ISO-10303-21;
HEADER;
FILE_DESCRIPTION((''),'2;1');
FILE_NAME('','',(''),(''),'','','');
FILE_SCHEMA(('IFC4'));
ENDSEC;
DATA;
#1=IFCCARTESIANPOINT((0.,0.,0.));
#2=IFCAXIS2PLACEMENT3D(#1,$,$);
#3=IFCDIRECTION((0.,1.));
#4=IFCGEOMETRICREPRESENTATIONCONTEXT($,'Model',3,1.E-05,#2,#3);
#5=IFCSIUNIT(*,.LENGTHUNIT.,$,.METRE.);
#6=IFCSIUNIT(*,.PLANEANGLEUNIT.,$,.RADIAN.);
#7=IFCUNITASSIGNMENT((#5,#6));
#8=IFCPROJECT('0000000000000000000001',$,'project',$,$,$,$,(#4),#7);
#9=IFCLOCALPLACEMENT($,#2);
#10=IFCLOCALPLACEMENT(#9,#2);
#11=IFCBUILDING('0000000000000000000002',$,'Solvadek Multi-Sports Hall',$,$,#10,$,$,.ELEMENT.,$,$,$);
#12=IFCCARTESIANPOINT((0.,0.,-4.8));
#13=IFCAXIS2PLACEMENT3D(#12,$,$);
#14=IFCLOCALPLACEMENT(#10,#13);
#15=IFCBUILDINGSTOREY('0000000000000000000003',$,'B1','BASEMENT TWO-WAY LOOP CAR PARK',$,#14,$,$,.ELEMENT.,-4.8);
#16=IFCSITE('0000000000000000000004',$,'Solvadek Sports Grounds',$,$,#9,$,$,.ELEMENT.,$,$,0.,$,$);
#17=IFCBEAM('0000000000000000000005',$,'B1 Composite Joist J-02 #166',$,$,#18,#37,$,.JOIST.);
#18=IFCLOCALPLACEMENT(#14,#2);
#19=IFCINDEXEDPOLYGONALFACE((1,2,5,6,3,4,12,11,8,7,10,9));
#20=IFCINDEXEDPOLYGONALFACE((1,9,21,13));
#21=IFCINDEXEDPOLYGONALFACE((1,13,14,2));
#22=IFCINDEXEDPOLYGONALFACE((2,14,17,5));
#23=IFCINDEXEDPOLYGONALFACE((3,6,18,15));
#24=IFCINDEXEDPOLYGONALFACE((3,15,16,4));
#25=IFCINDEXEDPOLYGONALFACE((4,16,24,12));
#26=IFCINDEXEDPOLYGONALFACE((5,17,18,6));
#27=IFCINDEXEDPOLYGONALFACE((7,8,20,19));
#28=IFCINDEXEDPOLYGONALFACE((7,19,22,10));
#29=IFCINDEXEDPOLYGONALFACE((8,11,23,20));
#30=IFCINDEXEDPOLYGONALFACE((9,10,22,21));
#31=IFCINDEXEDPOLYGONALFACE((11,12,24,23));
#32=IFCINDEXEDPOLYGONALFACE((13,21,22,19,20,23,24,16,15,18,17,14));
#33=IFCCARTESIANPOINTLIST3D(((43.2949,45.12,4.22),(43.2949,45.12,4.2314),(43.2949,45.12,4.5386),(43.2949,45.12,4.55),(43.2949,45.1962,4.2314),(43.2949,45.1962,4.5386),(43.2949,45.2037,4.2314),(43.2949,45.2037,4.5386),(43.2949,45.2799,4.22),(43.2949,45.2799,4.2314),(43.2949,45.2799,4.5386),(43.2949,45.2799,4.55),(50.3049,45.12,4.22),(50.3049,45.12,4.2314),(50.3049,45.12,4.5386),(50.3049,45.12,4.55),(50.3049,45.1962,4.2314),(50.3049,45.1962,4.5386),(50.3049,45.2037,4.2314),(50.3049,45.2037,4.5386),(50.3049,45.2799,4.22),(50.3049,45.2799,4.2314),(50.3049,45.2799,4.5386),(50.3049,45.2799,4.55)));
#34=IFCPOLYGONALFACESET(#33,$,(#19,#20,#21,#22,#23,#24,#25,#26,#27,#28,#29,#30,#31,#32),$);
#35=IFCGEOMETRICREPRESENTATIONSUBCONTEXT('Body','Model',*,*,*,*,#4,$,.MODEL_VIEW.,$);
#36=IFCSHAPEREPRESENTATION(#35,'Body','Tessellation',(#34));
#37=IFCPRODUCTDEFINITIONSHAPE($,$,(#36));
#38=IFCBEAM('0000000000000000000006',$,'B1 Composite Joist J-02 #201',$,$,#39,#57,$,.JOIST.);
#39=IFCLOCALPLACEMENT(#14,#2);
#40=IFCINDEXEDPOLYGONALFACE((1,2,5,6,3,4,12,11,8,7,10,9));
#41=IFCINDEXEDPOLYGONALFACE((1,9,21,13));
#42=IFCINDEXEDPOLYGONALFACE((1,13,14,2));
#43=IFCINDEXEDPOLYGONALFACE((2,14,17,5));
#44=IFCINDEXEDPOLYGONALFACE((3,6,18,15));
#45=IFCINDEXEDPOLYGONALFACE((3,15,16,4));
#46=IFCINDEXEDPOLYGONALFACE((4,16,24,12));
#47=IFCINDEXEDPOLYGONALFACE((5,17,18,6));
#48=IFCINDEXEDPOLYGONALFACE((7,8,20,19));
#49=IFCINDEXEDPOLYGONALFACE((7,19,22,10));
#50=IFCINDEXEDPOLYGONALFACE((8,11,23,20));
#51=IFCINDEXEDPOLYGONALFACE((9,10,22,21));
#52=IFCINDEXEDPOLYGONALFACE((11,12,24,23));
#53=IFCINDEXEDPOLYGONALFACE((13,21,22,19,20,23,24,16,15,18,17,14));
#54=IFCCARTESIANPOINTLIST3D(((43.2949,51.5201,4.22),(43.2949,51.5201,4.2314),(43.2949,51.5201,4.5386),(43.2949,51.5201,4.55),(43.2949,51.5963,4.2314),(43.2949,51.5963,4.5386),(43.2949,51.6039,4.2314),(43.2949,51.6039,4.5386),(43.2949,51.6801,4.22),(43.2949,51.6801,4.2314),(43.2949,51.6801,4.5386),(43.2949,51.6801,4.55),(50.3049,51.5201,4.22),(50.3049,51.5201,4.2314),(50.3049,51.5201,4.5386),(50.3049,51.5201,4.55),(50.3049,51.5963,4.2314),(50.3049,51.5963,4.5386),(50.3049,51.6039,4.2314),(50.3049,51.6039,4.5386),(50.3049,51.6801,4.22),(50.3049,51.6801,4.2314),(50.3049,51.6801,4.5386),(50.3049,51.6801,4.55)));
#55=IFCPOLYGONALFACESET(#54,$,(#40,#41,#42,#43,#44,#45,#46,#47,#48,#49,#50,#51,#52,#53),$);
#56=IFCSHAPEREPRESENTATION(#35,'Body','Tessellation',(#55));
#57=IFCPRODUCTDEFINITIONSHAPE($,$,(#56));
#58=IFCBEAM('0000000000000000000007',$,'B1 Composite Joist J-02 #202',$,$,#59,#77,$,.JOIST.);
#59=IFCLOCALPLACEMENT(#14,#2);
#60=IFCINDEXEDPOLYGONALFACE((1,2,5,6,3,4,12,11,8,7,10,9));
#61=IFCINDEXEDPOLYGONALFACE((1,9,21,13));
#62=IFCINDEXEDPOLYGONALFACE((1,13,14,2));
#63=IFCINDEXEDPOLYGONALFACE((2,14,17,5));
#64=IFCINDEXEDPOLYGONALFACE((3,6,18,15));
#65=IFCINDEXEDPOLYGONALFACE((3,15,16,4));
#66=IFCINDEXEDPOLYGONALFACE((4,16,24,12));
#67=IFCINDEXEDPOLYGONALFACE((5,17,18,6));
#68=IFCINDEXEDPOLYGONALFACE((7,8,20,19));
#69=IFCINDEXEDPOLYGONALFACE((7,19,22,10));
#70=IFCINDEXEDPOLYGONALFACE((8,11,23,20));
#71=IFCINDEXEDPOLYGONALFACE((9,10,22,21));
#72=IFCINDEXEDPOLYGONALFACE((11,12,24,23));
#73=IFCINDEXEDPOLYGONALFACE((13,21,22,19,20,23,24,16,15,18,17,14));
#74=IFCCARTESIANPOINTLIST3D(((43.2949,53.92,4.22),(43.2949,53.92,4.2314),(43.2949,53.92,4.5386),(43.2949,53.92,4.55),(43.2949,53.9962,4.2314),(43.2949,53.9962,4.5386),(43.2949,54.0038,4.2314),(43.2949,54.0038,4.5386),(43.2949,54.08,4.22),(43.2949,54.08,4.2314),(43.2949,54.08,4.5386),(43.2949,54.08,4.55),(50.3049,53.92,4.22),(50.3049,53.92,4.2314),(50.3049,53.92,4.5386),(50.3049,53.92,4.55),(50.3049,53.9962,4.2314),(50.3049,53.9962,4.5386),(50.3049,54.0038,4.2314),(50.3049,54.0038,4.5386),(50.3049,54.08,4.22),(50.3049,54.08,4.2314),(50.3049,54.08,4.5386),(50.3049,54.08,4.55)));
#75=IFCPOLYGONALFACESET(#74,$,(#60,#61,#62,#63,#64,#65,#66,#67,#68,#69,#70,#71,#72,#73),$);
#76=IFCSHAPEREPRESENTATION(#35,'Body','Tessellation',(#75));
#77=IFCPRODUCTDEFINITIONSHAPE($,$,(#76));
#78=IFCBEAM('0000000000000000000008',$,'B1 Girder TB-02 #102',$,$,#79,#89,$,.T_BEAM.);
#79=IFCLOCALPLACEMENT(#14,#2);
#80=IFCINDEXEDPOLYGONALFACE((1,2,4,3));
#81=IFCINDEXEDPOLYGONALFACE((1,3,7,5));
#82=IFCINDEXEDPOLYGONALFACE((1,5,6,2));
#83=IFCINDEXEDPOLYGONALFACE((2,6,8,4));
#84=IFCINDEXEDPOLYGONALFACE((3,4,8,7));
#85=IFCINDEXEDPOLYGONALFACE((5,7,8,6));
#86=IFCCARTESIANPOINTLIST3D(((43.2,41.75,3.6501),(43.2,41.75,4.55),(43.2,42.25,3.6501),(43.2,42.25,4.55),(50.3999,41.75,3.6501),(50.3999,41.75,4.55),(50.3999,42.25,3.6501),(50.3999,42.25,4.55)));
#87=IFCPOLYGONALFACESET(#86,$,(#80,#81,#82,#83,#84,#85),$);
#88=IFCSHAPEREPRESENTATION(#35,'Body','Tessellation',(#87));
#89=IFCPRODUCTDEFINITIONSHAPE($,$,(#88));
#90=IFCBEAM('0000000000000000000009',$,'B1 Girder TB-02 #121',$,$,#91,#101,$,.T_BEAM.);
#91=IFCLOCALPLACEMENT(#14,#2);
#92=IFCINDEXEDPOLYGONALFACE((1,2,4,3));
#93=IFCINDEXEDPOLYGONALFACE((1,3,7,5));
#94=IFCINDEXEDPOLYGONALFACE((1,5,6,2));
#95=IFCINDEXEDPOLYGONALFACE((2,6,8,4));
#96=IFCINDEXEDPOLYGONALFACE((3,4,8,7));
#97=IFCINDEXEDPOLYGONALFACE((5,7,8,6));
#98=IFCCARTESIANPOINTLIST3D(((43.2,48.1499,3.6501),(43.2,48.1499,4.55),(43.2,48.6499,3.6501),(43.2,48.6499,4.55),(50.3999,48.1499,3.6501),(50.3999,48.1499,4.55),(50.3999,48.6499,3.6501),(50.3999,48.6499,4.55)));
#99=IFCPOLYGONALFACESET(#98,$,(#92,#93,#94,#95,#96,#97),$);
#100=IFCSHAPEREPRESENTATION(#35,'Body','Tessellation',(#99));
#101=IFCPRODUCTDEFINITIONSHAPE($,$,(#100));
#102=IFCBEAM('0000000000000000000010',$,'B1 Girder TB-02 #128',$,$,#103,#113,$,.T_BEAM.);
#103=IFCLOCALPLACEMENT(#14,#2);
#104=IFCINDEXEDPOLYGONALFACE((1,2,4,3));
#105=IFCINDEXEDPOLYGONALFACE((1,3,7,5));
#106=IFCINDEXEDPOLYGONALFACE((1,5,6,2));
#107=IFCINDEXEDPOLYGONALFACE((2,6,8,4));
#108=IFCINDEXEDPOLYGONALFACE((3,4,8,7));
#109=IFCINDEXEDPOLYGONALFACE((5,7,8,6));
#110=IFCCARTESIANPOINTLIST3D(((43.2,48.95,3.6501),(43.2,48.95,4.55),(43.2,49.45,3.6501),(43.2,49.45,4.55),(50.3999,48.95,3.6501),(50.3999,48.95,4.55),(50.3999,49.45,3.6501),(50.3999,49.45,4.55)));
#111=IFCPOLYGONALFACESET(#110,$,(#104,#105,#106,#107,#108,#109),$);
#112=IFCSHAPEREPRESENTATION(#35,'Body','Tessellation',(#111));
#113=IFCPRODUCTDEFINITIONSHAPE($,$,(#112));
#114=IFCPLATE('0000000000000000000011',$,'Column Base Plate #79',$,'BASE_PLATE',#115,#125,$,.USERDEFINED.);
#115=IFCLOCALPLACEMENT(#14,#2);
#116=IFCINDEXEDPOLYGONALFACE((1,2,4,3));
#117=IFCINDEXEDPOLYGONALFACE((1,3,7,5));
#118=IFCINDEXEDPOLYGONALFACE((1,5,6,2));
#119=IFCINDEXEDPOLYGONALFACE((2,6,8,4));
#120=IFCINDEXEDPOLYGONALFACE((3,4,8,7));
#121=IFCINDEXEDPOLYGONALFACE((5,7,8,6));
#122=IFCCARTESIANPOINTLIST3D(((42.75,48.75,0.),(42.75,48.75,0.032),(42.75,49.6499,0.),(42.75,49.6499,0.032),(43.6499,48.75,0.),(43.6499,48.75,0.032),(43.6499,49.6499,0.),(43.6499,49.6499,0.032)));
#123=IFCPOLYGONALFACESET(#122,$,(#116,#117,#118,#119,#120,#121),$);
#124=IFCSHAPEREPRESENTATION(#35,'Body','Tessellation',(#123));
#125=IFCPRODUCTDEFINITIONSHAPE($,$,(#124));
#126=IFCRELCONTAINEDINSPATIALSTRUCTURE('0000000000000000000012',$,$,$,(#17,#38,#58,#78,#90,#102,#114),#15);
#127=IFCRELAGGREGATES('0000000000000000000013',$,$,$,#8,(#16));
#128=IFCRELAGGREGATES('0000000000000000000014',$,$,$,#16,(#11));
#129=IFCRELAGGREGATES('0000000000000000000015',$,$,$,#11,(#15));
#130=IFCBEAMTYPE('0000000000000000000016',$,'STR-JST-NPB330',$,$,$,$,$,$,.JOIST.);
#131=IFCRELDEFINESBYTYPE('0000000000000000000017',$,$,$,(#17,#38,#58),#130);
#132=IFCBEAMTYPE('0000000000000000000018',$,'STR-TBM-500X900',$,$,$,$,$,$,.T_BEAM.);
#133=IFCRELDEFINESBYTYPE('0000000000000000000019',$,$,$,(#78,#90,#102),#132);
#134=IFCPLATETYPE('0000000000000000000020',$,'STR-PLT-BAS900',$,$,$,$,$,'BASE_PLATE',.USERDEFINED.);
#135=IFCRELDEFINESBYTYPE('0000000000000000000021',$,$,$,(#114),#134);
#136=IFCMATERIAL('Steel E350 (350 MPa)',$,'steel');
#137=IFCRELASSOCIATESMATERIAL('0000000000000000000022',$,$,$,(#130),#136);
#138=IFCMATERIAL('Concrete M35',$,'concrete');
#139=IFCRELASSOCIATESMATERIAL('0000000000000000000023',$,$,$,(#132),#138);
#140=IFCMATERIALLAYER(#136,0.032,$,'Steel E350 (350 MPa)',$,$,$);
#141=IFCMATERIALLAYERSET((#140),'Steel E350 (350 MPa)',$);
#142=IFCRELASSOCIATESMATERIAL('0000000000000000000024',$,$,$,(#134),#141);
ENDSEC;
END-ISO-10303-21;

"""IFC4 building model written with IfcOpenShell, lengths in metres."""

from ifc_helpers import new_model, si_unit, direction, frame, origin, origin_2d, place, context, subcontext, project, spatial, rectangle, i_section, extrude, material, layer, layer_set, material_profile, profile_set, type_object, element, save


model = new_model("IFC4")

# Units and contexts
model_context = context("Model", 3, precision=1e-05, world=origin(), true_north=direction((0.0, 1.0)))
body_context = subcontext(model_context, "Body", "Model", "MODEL_VIEW")
ifc_project = project(units=[si_unit("LENGTHUNIT", "METRE"), si_unit("PLANEANGLEUNIT", "RADIAN")], contexts=[model_context])

# Site, building, storey
site_placement = place(None, origin())
site = spatial("IfcSite", under=ifc_project, at=site_placement, Name="Solvadek Sports Grounds", CompositionType="ELEMENT", RefElevation=0.0)
building_placement = place(site_placement, origin())
building = spatial("IfcBuilding", under=site, at=building_placement, Name="Solvadek Multi-Sports Hall", CompositionType="ELEMENT")
storey_placement = place(building_placement, frame((0.0, 0.0, -4.8)))
storey = spatial("IfcBuildingStorey", under=building, at=storey_placement, Name="B1", Description="BASEMENT TWO-WAY LOOP CAR PARK", CompositionType="ELEMENT", Elevation=-4.8)

# Shared definitions
ifc_material_1 = material(Name="Concrete M35", Category="concrete")

# Shared definitions
ifc_material_2 = material(Name="Steel E350 (350 MPa)", Category="steel")

# Beams
ifc_material_profile_1 = material_profile(ifc_material_2, i_section(OverallWidth=0.1599, OverallDepth=0.3301, WebThickness=0.0076, FlangeThickness=0.0115, at=origin_2d()), Name="NPB 330")
ifc_profile_set_1 = profile_set([ifc_material_profile_1], Name="Steel E350 (350 MPa)")
beam_type_1 = type_object("IfcBeamType", Name="STR-JST-NPB330", PredefinedType="JOIST", material=ifc_profile_set_1)
for number, where, z_axis, x_axis, name in (
    (1, (43.2949, 45.2, 4.385), (1.0, 0.0, 0.0), (0.0, 1.0, 0.0), "B1 Composite Joist J-02 #166"),
    (2, (43.2949, 51.6001, 4.385), (1.0, 0.0, 0.0), (0.0, 1.0, 0.0), "B1 Composite Joist J-02 #201"),
    (3, (43.2949, 54.0, 4.385), (1.0, 0.0, 0.0), (0.0, 1.0, 0.0), "B1 Composite Joist J-02 #202"),
):
    element("IfcBeam", number, at=place(storey_placement, frame(where, z_axis=z_axis, x_axis=x_axis)), inside=storey, type_object=beam_type_1, Name=name, PredefinedType="JOIST", context=body_context, shape_type="SweptSolid", body=[
        extrude(i_section(OverallWidth=0.1599, OverallDepth=0.3301, WebThickness=0.0076, FlangeThickness=0.0115, at=origin_2d()), origin(), (0.0, 0.0, 1.0), 7.01),
    ])
ifc_material_profile_2 = material_profile(ifc_material_1, rectangle(XDim=0.5, YDim=0.8999, at=origin_2d()), Name="RC T-BEAM 500x900")
ifc_profile_set_2 = profile_set([ifc_material_profile_2], Name="Concrete M35")
beam_type_2 = type_object("IfcBeamType", Name="STR-TBM-500X900", PredefinedType="T_BEAM", material=ifc_profile_set_2)
for number, where, z_axis, x_axis, name in (
    (4, (43.2, 42.0, 4.1001), (1.0, 0.0, 0.0), (0.0, 1.0, 0.0), "B1 Girder TB-02 #102"),
    (5, (43.2, 48.3999, 4.1001), (1.0, 0.0, 0.0), (0.0, 1.0, 0.0), "B1 Girder TB-02 #121"),
    (6, (43.2, 49.2, 4.1001), (1.0, 0.0, 0.0), (0.0, 1.0, 0.0), "B1 Girder TB-02 #128"),
):
    element("IfcBeam", number, at=place(storey_placement, frame(where, z_axis=z_axis, x_axis=x_axis)), inside=storey, type_object=beam_type_2, Name=name, PredefinedType="T_BEAM", context=body_context, shape_type="SweptSolid", body=[
        extrude(rectangle(XDim=0.5, YDim=0.8999, at=origin_2d()), origin(), (0.0, 0.0, 1.0), 7.2),
    ])

# Plate
ifc_layer = layer(ifc_material_2, 0.032, Name="Steel E350 (350 MPa)")
ifc_layer_set = layer_set([ifc_layer], Name="Steel E350 (350 MPa)")
plate_type = type_object("IfcPlateType", Name="STR-PLT-BAS900", ElementType="BASE_PLATE", PredefinedType="USERDEFINED", material=ifc_layer_set)
plate_placement = place(storey_placement, frame((43.2, 49.2, 0.0), z_axis=(0.0, 0.0, 1.0), x_axis=(1.0, 0.0, 0.0)))
element("IfcPlate", 7, at=plate_placement, inside=storey, type_object=plate_type, Name="Column Base Plate #79", ObjectType="BASE_PLATE", PredefinedType="USERDEFINED", context=body_context, shape_type="SweptSolid", body=[
    extrude(rectangle(XDim=0.8999, YDim=0.8999, at=origin_2d()), origin(), (0.0, 0.0, 1.0), 0.032),
])

save(model, "model.ifc")
